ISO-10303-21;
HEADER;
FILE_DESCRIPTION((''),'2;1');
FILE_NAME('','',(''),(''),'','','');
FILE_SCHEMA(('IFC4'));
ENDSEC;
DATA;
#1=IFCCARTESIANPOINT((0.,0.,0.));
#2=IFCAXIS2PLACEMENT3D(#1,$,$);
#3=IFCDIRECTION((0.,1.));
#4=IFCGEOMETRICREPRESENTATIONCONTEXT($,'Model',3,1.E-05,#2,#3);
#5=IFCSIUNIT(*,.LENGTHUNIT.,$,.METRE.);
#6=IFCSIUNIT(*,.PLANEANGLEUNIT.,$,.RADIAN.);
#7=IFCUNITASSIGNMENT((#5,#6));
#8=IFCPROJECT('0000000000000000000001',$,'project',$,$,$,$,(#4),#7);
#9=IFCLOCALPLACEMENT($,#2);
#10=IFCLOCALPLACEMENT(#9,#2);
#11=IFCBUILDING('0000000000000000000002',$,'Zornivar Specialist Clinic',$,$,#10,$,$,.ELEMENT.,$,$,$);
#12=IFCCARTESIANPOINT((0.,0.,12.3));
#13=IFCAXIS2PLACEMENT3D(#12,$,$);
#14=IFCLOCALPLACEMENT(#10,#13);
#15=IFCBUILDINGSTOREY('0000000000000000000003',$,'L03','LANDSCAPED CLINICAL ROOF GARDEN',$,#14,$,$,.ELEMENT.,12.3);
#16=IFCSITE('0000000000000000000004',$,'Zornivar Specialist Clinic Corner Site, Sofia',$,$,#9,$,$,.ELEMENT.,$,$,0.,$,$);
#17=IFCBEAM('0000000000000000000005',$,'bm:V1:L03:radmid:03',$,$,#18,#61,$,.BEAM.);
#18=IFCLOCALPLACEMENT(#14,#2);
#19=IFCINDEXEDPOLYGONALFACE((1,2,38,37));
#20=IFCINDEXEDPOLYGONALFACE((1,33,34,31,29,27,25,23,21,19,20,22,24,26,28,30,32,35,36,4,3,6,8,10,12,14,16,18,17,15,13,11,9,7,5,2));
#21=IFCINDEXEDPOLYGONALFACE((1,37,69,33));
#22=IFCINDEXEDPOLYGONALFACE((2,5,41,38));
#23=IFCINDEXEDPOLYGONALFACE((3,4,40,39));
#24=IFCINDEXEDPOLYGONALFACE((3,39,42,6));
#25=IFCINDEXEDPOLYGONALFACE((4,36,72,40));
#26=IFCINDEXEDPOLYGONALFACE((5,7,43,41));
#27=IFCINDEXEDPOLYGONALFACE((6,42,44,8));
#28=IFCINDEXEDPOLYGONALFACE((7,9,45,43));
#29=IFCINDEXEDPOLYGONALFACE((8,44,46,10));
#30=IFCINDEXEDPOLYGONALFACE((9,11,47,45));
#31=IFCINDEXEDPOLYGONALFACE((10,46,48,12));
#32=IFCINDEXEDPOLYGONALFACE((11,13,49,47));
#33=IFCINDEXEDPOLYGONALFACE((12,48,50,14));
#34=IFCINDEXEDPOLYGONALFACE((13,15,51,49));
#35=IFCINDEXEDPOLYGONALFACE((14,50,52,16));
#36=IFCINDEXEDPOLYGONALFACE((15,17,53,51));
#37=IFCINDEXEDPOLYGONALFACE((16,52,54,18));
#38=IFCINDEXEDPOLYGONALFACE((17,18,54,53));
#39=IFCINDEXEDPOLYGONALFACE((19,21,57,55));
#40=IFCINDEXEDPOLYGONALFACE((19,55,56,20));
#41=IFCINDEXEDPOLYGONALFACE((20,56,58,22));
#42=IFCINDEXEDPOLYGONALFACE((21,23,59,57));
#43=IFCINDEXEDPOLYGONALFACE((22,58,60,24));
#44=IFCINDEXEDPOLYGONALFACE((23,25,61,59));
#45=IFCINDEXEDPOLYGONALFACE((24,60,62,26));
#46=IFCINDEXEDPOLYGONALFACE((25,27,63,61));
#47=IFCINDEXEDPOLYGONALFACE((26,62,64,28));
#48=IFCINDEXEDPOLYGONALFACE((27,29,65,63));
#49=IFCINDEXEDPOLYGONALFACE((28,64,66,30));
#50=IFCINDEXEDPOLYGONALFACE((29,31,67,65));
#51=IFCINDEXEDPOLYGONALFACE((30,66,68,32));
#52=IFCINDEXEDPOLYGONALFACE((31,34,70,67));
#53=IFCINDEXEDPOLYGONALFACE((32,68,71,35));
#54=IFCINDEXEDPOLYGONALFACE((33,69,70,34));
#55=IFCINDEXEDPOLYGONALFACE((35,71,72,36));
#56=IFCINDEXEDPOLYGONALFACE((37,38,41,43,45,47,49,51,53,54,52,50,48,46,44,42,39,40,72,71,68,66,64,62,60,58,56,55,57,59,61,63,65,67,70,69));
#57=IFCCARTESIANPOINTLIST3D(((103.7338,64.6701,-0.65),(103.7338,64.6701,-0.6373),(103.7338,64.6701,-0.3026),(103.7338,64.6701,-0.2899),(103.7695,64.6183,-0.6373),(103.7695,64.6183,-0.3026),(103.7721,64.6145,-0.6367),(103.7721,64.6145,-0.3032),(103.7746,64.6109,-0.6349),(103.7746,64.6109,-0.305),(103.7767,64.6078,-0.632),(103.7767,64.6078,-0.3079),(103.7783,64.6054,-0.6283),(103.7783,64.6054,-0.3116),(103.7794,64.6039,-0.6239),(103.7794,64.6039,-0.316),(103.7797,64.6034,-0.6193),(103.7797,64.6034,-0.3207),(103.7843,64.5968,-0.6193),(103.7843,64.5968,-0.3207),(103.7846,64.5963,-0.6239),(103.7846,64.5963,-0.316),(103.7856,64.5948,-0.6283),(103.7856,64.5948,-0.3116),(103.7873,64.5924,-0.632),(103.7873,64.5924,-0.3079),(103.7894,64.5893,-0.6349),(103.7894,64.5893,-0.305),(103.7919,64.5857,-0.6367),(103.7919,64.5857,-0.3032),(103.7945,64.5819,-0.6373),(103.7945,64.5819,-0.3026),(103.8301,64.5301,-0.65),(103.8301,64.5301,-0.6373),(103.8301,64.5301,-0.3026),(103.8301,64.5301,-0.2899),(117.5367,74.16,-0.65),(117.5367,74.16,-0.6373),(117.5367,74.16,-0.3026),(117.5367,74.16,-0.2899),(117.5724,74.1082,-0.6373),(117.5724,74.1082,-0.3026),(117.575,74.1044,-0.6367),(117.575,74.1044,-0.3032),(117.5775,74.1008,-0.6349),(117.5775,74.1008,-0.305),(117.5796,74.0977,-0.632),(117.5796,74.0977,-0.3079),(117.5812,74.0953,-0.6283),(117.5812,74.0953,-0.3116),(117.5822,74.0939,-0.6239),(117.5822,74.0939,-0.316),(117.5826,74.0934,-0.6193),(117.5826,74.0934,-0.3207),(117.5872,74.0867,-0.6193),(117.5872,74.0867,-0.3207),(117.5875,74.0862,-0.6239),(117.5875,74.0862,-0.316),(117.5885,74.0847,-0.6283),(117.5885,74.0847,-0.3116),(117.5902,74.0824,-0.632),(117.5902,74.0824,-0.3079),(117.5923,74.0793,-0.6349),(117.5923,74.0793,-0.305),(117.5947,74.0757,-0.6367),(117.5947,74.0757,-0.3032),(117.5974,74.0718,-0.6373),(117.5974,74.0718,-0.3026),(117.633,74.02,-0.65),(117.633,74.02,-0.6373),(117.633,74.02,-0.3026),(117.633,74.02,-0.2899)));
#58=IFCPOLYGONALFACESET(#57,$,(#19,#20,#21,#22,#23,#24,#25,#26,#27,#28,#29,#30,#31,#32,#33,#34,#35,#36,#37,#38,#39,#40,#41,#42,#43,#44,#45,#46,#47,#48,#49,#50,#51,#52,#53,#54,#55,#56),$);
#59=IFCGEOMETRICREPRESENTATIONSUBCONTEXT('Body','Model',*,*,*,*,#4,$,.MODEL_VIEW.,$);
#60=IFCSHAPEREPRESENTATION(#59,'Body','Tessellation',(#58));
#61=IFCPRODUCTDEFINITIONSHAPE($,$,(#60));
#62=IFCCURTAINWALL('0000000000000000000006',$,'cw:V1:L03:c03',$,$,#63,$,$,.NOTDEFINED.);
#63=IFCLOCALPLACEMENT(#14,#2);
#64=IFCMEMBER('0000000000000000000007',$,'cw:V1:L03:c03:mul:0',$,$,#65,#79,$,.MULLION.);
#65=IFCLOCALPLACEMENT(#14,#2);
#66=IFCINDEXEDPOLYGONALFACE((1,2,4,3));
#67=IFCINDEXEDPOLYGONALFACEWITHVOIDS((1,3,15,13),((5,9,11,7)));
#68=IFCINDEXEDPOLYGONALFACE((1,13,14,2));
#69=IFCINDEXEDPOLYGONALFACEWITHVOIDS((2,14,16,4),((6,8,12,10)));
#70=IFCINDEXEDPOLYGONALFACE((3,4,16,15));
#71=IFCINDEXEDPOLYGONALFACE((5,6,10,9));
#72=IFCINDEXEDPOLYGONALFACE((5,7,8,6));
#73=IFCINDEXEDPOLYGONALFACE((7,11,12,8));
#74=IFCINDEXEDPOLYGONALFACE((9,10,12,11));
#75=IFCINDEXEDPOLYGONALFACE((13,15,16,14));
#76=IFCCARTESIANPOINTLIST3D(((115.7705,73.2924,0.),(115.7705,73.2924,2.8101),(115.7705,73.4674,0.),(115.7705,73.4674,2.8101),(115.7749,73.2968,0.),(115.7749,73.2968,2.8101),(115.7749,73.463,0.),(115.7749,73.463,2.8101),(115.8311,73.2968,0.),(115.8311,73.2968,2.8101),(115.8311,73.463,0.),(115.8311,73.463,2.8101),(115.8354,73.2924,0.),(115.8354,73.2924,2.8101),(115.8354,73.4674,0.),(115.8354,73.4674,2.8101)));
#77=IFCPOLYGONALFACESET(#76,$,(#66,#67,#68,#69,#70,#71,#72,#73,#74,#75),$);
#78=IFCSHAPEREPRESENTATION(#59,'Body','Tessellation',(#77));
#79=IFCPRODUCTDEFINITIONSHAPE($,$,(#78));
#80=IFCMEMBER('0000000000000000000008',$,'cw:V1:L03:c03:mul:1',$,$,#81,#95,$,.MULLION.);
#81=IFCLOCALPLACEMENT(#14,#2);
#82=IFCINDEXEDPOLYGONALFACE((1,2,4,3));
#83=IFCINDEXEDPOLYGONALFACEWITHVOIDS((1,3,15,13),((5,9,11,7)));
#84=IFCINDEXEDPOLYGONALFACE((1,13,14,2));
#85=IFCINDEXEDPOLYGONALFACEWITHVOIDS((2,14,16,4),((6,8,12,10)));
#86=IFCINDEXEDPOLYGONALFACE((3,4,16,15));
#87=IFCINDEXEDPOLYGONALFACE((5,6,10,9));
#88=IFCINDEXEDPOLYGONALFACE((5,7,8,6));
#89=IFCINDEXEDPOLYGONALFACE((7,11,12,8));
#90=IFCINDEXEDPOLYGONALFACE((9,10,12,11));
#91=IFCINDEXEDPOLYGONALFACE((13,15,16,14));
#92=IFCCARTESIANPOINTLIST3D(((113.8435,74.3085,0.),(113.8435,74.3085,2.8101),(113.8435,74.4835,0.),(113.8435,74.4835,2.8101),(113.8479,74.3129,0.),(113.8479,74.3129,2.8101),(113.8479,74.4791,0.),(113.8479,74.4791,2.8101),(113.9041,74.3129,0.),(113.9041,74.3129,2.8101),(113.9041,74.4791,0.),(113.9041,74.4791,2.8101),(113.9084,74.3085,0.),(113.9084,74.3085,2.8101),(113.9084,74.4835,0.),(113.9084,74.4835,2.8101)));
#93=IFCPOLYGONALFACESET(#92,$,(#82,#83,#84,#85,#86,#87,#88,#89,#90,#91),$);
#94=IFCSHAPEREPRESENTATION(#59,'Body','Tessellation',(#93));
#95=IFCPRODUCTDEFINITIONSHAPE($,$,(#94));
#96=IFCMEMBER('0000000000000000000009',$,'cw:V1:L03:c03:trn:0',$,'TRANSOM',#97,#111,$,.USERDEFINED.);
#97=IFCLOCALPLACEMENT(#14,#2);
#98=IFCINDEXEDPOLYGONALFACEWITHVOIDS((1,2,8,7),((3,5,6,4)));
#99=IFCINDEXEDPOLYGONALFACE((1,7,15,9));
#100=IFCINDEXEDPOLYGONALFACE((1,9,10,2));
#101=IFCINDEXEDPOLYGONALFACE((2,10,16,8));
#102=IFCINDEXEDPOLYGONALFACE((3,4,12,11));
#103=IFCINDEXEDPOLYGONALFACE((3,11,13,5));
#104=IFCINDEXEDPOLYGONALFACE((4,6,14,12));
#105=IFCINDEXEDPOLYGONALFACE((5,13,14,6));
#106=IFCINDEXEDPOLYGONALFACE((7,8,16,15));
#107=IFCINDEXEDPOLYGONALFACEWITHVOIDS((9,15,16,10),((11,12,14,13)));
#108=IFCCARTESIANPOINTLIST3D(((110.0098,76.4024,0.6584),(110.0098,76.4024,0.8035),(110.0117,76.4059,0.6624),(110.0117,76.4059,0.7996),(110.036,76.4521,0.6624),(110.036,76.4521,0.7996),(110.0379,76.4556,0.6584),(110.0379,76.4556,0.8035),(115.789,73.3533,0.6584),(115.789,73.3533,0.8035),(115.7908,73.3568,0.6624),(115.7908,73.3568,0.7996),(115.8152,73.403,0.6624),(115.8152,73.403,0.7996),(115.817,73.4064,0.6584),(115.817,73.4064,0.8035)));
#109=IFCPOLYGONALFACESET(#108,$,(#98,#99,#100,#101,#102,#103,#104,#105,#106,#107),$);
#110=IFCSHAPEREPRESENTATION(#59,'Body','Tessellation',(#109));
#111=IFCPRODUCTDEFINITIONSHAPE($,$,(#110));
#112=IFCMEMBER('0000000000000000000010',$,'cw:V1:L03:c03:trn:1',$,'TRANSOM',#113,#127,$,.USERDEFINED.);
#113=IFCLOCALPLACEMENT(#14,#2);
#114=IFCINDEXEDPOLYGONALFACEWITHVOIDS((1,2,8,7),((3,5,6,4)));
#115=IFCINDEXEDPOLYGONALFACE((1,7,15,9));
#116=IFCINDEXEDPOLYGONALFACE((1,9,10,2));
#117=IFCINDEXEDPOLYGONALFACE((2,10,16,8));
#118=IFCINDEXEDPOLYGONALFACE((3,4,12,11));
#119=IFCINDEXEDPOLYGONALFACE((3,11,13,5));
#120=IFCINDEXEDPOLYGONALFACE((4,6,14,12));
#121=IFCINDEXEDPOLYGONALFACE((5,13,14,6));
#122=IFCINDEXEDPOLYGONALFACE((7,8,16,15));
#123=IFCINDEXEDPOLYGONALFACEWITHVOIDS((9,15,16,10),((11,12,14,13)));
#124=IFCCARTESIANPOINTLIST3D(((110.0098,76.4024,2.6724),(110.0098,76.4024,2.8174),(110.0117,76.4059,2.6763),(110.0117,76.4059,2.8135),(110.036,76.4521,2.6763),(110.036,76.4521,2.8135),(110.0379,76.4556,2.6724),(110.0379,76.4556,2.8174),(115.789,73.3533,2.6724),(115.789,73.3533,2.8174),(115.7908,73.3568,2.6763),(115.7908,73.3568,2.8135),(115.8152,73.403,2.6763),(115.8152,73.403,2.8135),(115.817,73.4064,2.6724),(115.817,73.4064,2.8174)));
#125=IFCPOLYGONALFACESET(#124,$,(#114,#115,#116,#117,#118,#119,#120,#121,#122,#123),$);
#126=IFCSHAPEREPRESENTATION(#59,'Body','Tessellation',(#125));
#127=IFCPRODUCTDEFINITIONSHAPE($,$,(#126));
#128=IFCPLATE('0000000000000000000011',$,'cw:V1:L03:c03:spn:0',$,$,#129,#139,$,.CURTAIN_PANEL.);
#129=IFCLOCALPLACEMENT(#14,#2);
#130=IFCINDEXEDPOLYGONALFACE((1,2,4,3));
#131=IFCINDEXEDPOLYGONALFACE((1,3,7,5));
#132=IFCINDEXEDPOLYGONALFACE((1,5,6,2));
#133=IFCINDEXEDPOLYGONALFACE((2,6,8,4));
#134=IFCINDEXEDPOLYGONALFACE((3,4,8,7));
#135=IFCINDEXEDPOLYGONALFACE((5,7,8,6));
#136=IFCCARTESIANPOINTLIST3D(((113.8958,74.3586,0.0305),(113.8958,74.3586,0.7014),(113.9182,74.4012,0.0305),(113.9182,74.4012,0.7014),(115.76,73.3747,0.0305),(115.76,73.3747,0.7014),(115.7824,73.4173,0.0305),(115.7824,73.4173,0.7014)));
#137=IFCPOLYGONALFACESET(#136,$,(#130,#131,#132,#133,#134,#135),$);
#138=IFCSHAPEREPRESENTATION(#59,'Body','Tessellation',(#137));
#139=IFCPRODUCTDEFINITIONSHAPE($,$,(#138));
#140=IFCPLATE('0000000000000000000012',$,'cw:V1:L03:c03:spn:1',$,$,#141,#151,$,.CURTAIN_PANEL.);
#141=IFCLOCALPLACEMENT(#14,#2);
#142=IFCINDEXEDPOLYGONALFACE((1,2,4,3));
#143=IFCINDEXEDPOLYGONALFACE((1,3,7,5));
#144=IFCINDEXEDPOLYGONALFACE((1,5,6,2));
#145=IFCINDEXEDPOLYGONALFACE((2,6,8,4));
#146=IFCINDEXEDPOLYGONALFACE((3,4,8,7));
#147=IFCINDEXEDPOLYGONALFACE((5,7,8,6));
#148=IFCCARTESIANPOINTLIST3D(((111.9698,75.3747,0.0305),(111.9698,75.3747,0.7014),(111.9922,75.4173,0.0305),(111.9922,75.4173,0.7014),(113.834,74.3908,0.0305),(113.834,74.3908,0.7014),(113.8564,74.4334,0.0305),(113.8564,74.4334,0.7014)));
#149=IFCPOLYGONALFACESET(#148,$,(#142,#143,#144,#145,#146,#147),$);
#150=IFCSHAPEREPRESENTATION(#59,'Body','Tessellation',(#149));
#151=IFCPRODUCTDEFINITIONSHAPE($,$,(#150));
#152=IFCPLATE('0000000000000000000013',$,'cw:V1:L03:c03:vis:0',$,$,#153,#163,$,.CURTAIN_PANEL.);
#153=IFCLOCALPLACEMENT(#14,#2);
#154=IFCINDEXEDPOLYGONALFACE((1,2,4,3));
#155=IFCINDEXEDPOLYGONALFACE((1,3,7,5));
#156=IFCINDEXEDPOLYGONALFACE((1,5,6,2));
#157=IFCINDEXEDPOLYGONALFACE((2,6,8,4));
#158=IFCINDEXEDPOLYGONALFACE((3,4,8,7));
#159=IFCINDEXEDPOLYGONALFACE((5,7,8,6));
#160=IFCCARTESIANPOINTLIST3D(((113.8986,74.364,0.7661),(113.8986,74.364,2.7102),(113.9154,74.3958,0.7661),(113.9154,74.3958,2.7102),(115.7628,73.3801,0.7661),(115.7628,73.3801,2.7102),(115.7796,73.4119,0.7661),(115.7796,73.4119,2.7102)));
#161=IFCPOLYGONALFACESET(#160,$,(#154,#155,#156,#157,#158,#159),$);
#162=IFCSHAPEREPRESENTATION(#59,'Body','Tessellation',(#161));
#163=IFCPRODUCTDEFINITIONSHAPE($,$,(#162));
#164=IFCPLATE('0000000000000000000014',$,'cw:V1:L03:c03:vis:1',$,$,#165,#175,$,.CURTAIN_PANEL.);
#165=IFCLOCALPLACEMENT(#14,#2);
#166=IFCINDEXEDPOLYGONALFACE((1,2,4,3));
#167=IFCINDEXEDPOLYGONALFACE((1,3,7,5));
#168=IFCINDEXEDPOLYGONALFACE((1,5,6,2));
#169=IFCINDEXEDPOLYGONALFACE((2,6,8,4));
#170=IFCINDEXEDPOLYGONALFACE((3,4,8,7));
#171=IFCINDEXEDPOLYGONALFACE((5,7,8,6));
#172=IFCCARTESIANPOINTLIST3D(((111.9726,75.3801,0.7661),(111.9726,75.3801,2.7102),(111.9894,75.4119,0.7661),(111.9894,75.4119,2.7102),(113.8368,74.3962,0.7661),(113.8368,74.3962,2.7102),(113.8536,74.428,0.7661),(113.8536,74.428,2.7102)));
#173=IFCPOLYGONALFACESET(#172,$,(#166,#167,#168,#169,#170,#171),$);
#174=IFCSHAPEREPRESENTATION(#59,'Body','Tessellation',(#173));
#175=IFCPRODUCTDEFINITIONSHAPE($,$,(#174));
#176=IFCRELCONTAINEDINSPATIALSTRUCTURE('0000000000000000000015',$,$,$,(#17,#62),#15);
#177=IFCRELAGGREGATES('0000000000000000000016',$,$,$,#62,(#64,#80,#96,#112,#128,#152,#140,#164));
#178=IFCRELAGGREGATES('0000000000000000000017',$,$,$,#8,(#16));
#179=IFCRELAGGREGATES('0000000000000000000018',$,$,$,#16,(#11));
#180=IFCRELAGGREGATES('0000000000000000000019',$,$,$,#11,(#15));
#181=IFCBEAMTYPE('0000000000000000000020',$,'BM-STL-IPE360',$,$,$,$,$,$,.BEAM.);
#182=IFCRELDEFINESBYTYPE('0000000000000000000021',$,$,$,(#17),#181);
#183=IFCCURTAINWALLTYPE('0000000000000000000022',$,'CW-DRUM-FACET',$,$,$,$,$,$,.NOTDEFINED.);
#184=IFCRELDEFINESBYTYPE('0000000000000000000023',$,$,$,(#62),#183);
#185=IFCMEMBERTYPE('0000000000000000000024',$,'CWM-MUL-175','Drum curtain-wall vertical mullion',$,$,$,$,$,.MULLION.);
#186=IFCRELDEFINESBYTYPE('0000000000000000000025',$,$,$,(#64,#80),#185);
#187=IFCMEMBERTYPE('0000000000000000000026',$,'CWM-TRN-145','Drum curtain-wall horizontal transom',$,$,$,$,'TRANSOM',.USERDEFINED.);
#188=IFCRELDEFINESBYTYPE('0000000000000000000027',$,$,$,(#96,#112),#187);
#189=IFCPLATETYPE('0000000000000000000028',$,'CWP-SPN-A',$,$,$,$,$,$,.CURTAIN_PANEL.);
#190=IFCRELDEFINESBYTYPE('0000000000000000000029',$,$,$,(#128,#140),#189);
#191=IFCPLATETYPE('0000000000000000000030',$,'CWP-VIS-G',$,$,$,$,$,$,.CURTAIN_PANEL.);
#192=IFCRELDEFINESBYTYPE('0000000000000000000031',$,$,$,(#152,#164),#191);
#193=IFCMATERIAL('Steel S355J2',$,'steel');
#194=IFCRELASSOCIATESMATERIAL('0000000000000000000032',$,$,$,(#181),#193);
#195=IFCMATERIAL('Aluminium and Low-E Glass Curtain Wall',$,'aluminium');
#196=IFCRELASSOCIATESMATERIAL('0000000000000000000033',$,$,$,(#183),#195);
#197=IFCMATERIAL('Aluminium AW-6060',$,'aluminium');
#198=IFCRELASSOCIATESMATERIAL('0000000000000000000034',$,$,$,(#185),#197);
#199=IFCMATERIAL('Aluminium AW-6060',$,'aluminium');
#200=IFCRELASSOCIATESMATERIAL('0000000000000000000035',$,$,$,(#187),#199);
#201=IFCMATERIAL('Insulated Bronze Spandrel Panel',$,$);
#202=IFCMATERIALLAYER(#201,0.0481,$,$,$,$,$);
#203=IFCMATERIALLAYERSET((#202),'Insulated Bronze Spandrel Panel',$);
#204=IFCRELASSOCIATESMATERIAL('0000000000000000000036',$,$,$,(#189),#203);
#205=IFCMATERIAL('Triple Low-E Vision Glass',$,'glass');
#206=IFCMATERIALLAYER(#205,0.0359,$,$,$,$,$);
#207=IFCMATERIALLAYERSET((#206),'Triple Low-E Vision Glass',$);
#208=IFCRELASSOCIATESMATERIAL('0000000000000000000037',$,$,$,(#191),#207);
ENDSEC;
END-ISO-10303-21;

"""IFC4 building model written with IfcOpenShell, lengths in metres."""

from ifc_helpers import new_model, si_unit, direction, frame, origin, origin_2d, place, context, subcontext, project, spatial, rectangle, hollow_rectangle, i_section, extrude, material, layer, layer_set, material_profile, profile_set, type_object, element, aggregate, save


model = new_model("IFC4")

# Units and contexts
model_context = context("Model", 3, precision=1e-05, world=origin(), true_north=direction((0.0, 1.0)))
body_context = subcontext(model_context, "Body", "Model", "MODEL_VIEW")
ifc_project = project(units=[si_unit("LENGTHUNIT", "METRE"), si_unit("PLANEANGLEUNIT", "RADIAN")], contexts=[model_context])

# Site, building, storey
site_placement = place(None, origin())
site = spatial("IfcSite", under=ifc_project, at=site_placement, Name="Zornivar Specialist Clinic Corner Site, Sofia", CompositionType="ELEMENT", RefElevation=0.0)
building_placement = place(site_placement, origin())
building = spatial("IfcBuilding", under=site, at=building_placement, Name="Zornivar Specialist Clinic", CompositionType="ELEMENT")
storey_placement = place(building_placement, frame((0.0, 0.0, 12.3)))
storey = spatial("IfcBuildingStorey", under=building, at=storey_placement, Name="L03", Description="LANDSCAPED CLINICAL ROOF GARDEN", CompositionType="ELEMENT", Elevation=12.3)

# Beam
ifc_material_1 = material(Name="Steel S355J2", Category="steel")
ifc_material_profile_1 = material_profile(ifc_material_1, i_section(OverallWidth=0.1699, OverallDepth=0.3601, WebThickness=0.0081, FlangeThickness=0.0127, FilletRadius=0.0181, at=origin_2d()), Name="IPE 360")
ifc_profile_set_1 = profile_set([ifc_material_profile_1], Name="Steel S355J2")
beam_type_1 = type_object("IfcBeamType", Name="BM-STL-IPE360", PredefinedType="BEAM", material=ifc_profile_set_1)
beam_1_placement = place(storey_placement, frame((103.782, 64.6001, -0.47), z_axis=(0.82403, 0.566547, 0.0), x_axis=(-0.566547, 0.82403, 0.0)))
element("IfcBeam", 1, at=beam_1_placement, inside=storey, type_object=beam_type_1, Name="bm:V1:L03:radmid:03", PredefinedType="BEAM", context=body_context, shape_type="SweptSolid", body=[
    extrude(i_section(OverallWidth=0.1699, OverallDepth=0.3601, WebThickness=0.0081, FlangeThickness=0.0127, FilletRadius=0.0181, at=origin_2d()), origin(), (0.0, 0.0, 1.0), 16.7505),
])

# Curtain wall, members, plates
ifc_material_2 = material(Name="Aluminium and Low-E Glass Curtain Wall", Category="aluminium")
curtain_wall_type = type_object("IfcCurtainWallType", Name="CW-DRUM-FACET", PredefinedType="NOTDEFINED", material=ifc_material_2)
curtain_wall_placement = place(storey_placement, origin())
curtain_wall = element("IfcCurtainWall", 2, at=curtain_wall_placement, inside=storey, type_object=curtain_wall_type, Name="cw:V1:L03:c03", PredefinedType="NOTDEFINED")
ifc_material_3 = material(Name="Aluminium AW-6060", Category="aluminium")
ifc_material_profile_2 = material_profile(ifc_material_3, hollow_rectangle(XDim=0.0649, YDim=0.175, WallThickness=0.0044, at=origin_2d()), Name="ALU 65x175x4.5")
ifc_profile_set_2 = profile_set([ifc_material_profile_2], Name="Aluminium AW-6060")
member_type_1 = type_object("IfcMemberType", Name="CWM-MUL-175", Description="Drum curtain-wall vertical mullion", PredefinedType="MULLION", material=ifc_profile_set_2)
member_1_placement = place(storey_placement, frame((115.803, 73.3799, 0.0), z_axis=(0.0, 0.0, 1.0), x_axis=(1.0, 0.0, 0.0)))
member_1 = element("IfcMember", 3, at=member_1_placement, type_object=member_type_1, Name="cw:V1:L03:c03:mul:0", PredefinedType="MULLION", context=body_context, shape_type="SweptSolid", body=[
    extrude(hollow_rectangle(XDim=0.0649, YDim=0.175, WallThickness=0.0044, at=origin_2d()), origin(), (0.0, 0.0, 1.0), 2.8101),
])
member_2_placement = place(storey_placement, frame((113.876, 74.396, 0.0), z_axis=(0.0, 0.0, 1.0), x_axis=(1.0, 0.0, 0.0)))
member_2 = element("IfcMember", 4, at=member_2_placement, type_object=member_type_1, Name="cw:V1:L03:c03:mul:1", PredefinedType="MULLION", context=body_context, shape_type="SweptSolid", body=[
    extrude(hollow_rectangle(XDim=0.0649, YDim=0.175, WallThickness=0.0044, at=origin_2d()), origin(), (0.0, 0.0, 1.0), 2.8101),
])
ifc_material_4 = material(Name="Aluminium AW-6060", Category="aluminium")
ifc_material_profile_3 = material_profile(ifc_material_4, hollow_rectangle(XDim=0.0601, YDim=0.145, WallThickness=0.0039, at=origin_2d()), Name="ALU 60x145x4")
ifc_profile_set_3 = profile_set([ifc_material_profile_3], Name="Aluminium AW-6060")
member_type_2 = type_object("IfcMemberType", Name="CWM-TRN-145", Description="Drum curtain-wall horizontal transom", ElementType="TRANSOM", PredefinedType="USERDEFINED", material=ifc_profile_set_3)
member_3_placement = place(storey_placement, frame((115.803, 73.3799, 0.731), z_axis=(-0.884447, 0.466641, 0.0), x_axis=(-0.466641, -0.884447, 0.0)))
member_3 = element("IfcMember", 5, at=member_3_placement, type_object=member_type_2, Name="cw:V1:L03:c03:trn:0", ObjectType="TRANSOM", PredefinedType="USERDEFINED", context=body_context, shape_type="SweptSolid", body=[
    extrude(hollow_rectangle(XDim=0.0601, YDim=0.145, WallThickness=0.0039, at=origin_2d()), origin(), (0.0, 0.0, 1.0), 6.5342),
])
member_4_placement = place(storey_placement, frame((115.803, 73.3799, 2.7449), z_axis=(-0.884447, 0.466641, 0.0), x_axis=(-0.466641, -0.884447, 0.0)))
member_4 = element("IfcMember", 6, at=member_4_placement, type_object=member_type_2, Name="cw:V1:L03:c03:trn:1", ObjectType="TRANSOM", PredefinedType="USERDEFINED", context=body_context, shape_type="SweptSolid", body=[
    extrude(hollow_rectangle(XDim=0.0601, YDim=0.145, WallThickness=0.0039, at=origin_2d()), origin(), (0.0, 0.0, 1.0), 6.5342),
])
ifc_material_5 = material(Name="Insulated Bronze Spandrel Panel")
ifc_layer_1 = layer(ifc_material_5, 0.0481)
ifc_layer_set_1 = layer_set([ifc_layer_1], Name="Insulated Bronze Spandrel Panel")
plate_type_1 = type_object("IfcPlateType", Name="CWP-SPN-A", PredefinedType="CURTAIN_PANEL", material=ifc_layer_set_1)
plate_1_placement = place(storey_placement, frame((114.8391, 73.8879, 0.0305), z_axis=(0.0, 0.0, 1.0), x_axis=(-0.884383, 0.466762, 0.0)))
plate_1 = element("IfcPlate", 7, at=plate_1_placement, type_object=plate_type_1, Name="cw:V1:L03:c03:spn:0", PredefinedType="CURTAIN_PANEL", context=body_context, shape_type="SweptSolid", body=[
    extrude(rectangle(XDim=2.1079, YDim=0.0481, at=origin_2d()), origin(), (0.0, 0.0, 1.0), 0.6709),
])
plate_2_placement = place(storey_placement, frame((112.9131, 74.9041, 0.0305), z_axis=(0.0, 0.0, 1.0), x_axis=(-0.884383, 0.466762, 0.0)))
plate_2 = element("IfcPlate", 8, at=plate_2_placement, type_object=plate_type_1, Name="cw:V1:L03:c03:spn:1", PredefinedType="CURTAIN_PANEL", context=body_context, shape_type="SweptSolid", body=[
    extrude(rectangle(XDim=2.1079, YDim=0.0481, at=origin_2d()), origin(), (0.0, 0.0, 1.0), 0.6709),
])
ifc_material_6 = material(Name="Triple Low-E Vision Glass", Category="glass")
ifc_layer_2 = layer(ifc_material_6, 0.0359)
ifc_layer_set_2 = layer_set([ifc_layer_2], Name="Triple Low-E Vision Glass")
plate_type_2 = type_object("IfcPlateType", Name="CWP-VIS-G", PredefinedType="CURTAIN_PANEL", material=ifc_layer_set_2)
plate_3_placement = place(storey_placement, frame((114.8391, 73.8879, 0.7661), z_axis=(0.0, 0.0, 1.0), x_axis=(-0.884383, 0.466762, 0.0)))
plate_3 = element("IfcPlate", 9, at=plate_3_placement, type_object=plate_type_2, Name="cw:V1:L03:c03:vis:0", PredefinedType="CURTAIN_PANEL", context=body_context, shape_type="SweptSolid", body=[
    extrude(rectangle(XDim=2.1079, YDim=0.0359, at=origin_2d()), origin(), (0.0, 0.0, 1.0), 1.9441),
])
plate_4_placement = place(storey_placement, frame((112.9131, 74.9041, 0.7661), z_axis=(0.0, 0.0, 1.0), x_axis=(-0.884383, 0.466762, 0.0)))
plate_4 = element("IfcPlate", 10, at=plate_4_placement, type_object=plate_type_2, Name="cw:V1:L03:c03:vis:1", PredefinedType="CURTAIN_PANEL", context=body_context, shape_type="SweptSolid", body=[
    extrude(rectangle(XDim=2.1079, YDim=0.0359, at=origin_2d()), origin(), (0.0, 0.0, 1.0), 1.9441),
])
aggregate(curtain_wall, [member_1, member_2, member_3, member_4, plate_1, plate_3, plate_2, plate_4])

save(model, "model.ifc")
